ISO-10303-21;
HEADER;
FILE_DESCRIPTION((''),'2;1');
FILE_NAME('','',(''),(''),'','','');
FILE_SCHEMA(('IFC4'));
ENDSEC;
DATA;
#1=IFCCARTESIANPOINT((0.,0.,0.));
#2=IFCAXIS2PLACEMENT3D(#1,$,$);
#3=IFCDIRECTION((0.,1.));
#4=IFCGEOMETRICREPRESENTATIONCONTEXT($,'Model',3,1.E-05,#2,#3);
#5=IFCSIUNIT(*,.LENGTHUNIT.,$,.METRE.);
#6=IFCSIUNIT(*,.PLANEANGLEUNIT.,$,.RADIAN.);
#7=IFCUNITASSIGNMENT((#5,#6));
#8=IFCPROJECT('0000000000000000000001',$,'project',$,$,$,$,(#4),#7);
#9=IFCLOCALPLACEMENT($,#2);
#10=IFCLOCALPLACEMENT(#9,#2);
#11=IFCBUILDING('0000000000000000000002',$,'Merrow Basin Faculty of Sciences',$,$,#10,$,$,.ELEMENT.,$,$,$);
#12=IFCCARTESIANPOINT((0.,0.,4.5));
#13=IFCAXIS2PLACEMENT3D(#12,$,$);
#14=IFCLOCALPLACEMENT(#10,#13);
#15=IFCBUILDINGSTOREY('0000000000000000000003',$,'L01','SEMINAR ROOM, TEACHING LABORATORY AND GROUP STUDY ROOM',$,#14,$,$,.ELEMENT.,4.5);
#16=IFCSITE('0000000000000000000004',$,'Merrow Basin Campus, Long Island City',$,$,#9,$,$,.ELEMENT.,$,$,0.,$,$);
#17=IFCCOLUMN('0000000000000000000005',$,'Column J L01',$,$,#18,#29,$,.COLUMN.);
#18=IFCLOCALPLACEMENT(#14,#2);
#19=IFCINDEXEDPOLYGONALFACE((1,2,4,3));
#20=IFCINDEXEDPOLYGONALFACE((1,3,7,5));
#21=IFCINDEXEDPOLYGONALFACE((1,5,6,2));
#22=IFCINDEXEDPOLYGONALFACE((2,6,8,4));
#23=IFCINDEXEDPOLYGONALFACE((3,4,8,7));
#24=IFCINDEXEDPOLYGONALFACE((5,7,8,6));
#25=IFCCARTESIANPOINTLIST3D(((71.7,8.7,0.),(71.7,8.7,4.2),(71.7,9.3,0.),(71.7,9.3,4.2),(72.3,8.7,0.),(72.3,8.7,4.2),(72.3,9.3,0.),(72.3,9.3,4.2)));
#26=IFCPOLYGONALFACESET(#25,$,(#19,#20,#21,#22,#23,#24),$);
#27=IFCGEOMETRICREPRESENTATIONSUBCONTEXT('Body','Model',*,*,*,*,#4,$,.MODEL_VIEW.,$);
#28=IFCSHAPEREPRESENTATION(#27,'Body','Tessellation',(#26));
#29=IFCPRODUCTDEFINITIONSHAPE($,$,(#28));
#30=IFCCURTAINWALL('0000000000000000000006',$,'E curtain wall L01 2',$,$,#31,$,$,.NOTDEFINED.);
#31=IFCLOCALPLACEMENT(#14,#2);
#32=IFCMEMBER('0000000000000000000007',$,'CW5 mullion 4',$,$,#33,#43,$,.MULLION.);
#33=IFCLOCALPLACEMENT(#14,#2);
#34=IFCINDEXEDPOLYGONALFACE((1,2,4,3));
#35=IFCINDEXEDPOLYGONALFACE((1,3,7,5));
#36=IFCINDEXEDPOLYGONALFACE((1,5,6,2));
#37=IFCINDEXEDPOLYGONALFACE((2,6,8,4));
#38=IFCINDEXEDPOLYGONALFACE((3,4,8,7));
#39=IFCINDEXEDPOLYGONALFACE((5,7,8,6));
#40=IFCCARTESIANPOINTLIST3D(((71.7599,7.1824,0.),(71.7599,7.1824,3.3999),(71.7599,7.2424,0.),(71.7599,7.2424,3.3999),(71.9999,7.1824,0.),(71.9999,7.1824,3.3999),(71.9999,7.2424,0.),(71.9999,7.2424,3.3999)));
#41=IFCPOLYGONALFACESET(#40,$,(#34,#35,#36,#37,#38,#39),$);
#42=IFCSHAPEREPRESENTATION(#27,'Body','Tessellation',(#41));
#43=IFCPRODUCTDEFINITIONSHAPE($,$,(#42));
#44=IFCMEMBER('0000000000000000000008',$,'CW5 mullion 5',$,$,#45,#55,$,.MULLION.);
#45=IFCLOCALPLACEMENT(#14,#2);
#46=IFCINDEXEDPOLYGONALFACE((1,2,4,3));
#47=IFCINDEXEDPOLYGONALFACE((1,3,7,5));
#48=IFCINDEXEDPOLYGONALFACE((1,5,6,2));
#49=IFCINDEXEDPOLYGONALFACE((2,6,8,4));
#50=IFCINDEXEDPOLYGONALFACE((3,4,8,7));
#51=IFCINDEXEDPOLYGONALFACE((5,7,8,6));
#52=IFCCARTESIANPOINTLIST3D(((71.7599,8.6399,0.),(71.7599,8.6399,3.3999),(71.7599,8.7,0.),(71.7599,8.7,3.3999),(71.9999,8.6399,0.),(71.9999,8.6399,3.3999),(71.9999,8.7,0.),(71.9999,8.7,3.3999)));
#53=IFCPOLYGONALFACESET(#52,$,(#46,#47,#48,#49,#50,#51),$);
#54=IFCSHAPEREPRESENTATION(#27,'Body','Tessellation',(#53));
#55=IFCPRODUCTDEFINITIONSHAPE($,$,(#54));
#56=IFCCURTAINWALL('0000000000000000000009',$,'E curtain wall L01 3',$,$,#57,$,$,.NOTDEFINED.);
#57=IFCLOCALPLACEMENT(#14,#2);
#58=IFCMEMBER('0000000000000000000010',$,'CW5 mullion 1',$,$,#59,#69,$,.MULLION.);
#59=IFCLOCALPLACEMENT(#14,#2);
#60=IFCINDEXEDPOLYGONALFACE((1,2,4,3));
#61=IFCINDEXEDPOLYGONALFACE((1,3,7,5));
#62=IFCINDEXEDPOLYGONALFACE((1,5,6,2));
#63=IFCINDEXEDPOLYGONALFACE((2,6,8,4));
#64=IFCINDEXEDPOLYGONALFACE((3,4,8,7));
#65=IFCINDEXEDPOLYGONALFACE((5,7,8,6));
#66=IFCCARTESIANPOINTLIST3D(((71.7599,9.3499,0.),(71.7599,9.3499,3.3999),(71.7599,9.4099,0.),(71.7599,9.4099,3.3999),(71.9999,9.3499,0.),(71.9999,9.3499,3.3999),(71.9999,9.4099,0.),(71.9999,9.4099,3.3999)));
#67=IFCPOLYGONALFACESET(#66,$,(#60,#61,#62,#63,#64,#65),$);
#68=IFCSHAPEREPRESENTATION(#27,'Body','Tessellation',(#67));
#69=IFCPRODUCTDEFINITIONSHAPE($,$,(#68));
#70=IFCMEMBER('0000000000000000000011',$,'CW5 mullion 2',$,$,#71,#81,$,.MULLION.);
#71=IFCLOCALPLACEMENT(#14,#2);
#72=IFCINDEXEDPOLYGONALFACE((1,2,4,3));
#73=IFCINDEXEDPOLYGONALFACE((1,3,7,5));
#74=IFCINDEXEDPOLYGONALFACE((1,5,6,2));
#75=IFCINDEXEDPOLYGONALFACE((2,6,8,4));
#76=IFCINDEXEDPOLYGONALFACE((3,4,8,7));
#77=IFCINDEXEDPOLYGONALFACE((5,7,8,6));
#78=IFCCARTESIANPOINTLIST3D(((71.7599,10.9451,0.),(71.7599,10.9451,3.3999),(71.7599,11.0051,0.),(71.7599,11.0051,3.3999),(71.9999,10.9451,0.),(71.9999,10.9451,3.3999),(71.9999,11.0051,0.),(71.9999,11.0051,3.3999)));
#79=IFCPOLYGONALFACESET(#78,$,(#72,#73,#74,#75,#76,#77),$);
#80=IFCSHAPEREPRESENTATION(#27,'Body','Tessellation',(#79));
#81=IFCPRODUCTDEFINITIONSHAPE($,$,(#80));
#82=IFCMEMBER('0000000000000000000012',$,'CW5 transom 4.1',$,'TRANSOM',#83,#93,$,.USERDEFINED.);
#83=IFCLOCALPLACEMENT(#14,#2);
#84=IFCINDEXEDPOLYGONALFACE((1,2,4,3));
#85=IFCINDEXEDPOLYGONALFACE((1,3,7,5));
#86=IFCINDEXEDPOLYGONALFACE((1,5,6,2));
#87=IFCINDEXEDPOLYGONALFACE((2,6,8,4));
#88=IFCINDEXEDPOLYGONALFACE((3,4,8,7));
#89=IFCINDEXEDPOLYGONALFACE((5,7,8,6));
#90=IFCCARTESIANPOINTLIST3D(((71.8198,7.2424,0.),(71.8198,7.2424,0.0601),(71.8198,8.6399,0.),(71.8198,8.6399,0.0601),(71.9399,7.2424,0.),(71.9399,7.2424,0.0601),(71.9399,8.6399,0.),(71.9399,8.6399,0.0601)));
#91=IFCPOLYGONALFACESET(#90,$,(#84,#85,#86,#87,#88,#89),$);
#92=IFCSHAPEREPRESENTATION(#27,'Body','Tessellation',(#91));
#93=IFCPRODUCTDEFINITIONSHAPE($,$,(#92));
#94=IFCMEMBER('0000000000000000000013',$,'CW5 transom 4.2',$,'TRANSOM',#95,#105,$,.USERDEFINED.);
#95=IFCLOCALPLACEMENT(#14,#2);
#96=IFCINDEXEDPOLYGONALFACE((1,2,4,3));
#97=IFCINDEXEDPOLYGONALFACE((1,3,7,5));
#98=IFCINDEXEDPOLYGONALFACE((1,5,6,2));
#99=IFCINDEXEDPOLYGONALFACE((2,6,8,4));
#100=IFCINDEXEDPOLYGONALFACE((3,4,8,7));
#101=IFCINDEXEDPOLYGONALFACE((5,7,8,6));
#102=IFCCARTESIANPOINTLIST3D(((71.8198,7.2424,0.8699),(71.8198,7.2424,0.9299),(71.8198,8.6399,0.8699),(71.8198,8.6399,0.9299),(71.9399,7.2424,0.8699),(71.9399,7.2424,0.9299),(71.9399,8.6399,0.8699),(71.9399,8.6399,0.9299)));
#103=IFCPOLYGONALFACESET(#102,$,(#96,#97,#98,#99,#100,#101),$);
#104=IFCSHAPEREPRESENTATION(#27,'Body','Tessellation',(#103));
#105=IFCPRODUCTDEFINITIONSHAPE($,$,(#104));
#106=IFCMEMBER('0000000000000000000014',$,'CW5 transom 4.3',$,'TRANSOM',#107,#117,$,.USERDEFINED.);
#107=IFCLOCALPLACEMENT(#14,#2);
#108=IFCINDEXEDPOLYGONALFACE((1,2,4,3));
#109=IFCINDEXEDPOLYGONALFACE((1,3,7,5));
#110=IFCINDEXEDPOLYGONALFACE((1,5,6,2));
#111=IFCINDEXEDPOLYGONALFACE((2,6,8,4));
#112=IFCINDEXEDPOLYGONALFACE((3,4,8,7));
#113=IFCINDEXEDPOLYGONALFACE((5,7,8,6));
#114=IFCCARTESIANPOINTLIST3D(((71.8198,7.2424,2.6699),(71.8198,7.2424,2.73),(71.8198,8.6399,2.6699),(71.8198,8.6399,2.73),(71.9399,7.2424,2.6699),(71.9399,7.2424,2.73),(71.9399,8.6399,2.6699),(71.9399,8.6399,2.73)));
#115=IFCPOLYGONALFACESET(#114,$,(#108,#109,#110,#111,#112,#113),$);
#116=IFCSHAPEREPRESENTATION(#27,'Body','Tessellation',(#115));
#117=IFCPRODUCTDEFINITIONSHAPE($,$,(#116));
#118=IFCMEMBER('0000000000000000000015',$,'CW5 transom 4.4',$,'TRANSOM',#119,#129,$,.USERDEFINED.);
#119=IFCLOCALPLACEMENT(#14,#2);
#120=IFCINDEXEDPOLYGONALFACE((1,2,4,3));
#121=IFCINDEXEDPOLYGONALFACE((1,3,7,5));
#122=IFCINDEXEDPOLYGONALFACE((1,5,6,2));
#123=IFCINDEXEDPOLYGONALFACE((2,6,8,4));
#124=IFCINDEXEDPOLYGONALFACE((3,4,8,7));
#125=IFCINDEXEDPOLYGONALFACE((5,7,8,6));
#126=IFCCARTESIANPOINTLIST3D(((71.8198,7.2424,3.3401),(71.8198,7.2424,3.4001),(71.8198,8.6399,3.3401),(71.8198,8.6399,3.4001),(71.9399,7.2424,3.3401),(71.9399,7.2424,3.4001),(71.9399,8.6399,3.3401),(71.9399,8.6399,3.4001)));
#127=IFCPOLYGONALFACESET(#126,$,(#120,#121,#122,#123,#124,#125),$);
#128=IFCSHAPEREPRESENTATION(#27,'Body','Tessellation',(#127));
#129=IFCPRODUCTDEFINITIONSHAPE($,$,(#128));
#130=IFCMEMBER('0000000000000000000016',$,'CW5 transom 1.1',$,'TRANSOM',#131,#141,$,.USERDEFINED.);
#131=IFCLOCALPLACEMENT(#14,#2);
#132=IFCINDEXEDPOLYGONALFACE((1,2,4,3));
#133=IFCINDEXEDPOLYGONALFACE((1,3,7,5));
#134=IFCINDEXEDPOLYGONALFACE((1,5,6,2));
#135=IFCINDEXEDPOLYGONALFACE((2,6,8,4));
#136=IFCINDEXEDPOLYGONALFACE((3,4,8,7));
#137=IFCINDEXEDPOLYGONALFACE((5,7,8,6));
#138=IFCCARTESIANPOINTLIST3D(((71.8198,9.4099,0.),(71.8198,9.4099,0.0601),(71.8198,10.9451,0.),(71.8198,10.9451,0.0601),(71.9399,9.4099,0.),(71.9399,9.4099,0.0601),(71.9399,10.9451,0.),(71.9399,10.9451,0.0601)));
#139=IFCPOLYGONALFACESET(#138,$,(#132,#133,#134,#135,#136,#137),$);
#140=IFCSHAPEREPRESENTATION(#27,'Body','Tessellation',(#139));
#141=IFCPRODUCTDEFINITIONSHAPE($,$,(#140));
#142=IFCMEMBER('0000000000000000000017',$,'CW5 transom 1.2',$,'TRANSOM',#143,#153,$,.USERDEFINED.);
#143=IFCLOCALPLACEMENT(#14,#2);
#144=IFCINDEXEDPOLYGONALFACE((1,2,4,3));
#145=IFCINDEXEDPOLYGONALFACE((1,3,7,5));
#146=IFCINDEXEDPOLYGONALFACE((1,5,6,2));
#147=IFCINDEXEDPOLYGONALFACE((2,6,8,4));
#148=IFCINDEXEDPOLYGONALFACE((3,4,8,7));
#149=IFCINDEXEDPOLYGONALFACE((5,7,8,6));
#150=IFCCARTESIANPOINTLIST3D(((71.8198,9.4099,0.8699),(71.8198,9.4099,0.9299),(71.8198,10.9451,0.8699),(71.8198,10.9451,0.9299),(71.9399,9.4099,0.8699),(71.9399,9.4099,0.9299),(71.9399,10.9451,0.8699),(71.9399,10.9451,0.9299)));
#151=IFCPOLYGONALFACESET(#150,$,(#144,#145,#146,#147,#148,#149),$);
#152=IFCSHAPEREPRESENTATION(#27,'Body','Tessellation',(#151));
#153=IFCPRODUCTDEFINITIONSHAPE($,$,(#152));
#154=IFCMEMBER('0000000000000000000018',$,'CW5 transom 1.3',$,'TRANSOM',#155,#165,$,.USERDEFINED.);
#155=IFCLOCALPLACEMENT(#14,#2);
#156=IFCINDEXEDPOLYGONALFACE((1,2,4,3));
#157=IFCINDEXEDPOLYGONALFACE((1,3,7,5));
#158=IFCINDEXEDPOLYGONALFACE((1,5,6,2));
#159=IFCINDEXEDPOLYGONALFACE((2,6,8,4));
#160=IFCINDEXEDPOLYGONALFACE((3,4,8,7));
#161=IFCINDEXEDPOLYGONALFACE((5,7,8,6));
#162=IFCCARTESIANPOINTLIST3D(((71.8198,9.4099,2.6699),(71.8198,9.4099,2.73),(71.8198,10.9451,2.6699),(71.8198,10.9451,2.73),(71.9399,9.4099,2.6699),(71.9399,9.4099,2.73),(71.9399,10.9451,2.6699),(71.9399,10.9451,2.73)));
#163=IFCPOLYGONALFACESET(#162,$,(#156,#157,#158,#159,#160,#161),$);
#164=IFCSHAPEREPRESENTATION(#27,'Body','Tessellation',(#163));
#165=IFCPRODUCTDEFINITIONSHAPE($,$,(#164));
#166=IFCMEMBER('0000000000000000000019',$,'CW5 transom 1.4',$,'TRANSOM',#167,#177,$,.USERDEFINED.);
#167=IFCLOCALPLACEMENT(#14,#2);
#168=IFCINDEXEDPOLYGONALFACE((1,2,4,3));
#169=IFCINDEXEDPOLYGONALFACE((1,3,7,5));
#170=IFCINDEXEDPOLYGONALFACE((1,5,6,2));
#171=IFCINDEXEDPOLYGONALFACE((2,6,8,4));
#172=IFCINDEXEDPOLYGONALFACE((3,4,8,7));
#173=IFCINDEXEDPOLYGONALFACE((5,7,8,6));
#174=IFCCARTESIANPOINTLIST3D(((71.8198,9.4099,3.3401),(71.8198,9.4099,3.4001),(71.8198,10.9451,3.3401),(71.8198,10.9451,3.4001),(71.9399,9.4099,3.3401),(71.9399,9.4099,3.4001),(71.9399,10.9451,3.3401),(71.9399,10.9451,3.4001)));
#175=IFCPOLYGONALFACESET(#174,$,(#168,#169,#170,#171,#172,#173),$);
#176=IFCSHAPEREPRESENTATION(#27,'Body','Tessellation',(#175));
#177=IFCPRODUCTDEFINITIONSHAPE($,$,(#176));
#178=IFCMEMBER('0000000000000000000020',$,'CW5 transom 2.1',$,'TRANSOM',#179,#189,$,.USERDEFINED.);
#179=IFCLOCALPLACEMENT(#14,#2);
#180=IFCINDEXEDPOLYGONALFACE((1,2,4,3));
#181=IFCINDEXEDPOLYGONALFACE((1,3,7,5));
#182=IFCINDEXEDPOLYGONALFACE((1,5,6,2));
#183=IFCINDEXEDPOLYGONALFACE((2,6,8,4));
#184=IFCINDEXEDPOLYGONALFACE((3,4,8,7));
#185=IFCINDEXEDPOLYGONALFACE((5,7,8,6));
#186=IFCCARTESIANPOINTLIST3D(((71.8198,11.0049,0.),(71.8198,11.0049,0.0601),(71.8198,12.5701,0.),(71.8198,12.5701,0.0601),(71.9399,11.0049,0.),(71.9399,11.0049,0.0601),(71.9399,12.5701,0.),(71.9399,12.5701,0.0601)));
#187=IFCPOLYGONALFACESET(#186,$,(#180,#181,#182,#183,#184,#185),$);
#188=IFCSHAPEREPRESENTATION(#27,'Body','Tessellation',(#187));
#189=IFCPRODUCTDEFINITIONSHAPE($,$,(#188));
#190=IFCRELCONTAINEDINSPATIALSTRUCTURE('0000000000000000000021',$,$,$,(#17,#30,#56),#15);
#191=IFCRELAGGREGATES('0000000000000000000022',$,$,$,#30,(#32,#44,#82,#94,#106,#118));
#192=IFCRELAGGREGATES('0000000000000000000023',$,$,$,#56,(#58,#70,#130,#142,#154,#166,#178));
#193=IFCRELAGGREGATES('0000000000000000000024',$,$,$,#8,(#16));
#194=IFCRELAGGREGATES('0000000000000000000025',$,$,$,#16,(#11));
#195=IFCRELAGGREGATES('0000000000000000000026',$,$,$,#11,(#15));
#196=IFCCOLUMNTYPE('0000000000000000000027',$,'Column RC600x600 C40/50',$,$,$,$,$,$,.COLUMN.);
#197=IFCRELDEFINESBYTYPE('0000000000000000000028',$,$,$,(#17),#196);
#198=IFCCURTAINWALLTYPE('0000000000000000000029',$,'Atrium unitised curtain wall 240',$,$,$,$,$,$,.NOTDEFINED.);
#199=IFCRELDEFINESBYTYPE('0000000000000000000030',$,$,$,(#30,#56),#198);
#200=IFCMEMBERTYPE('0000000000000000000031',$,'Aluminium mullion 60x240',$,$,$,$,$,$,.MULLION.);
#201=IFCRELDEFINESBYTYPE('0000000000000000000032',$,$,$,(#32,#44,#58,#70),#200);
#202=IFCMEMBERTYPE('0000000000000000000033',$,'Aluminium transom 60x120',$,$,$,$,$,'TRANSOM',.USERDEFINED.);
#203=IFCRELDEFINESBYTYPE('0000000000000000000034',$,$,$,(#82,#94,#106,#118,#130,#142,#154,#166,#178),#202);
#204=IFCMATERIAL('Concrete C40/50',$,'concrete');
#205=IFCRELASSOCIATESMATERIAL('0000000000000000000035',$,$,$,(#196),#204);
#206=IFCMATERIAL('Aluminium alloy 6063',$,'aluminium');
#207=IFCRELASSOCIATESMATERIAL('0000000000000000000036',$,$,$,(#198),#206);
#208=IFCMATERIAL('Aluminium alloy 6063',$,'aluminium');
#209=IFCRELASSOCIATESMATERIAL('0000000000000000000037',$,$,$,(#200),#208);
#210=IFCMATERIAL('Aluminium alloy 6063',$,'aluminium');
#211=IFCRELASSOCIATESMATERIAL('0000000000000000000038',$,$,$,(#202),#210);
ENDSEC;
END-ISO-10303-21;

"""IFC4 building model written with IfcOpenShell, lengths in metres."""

from ifc_helpers import new_model, si_unit, direction, frame, origin, origin_2d, place, context, subcontext, project, spatial, rectangle, extrude, material, material_profile, profile_set, type_object, element, aggregate, save


model = new_model("IFC4")

# Units and contexts
model_context = context("Model", 3, precision=1e-05, world=origin(), true_north=direction((0.0, 1.0)))
body_context = subcontext(model_context, "Body", "Model", "MODEL_VIEW")
ifc_project = project(units=[si_unit("LENGTHUNIT", "METRE"), si_unit("PLANEANGLEUNIT", "RADIAN")], contexts=[model_context])

# Site, building, storey
site_placement = place(None, origin())
site = spatial("IfcSite", under=ifc_project, at=site_placement, Name="Merrow Basin Campus, Long Island City", CompositionType="ELEMENT", RefElevation=0.0)
building_placement = place(site_placement, origin())
building = spatial("IfcBuilding", under=site, at=building_placement, Name="Merrow Basin Faculty of Sciences", CompositionType="ELEMENT")
storey_placement = place(building_placement, frame((0.0, 0.0, 4.5)))
storey = spatial("IfcBuildingStorey", under=building, at=storey_placement, Name="L01", Description="SEMINAR ROOM, TEACHING LABORATORY AND GROUP STUDY ROOM", CompositionType="ELEMENT", Elevation=4.5)

# Column
ifc_material_1 = material(Name="Concrete C40/50", Category="concrete")
ifc_material_profile_1 = material_profile(ifc_material_1, rectangle(XDim=0.6001, YDim=0.6001, at=origin_2d()))
ifc_profile_set_1 = profile_set([ifc_material_profile_1], Name="Concrete C40/50")
column_type = type_object("IfcColumnType", Name="Column RC600x600 C40/50", PredefinedType="COLUMN", material=ifc_profile_set_1)
column_placement = place(storey_placement, frame((72.0, 9.0, 0.0), z_axis=(0.0, 0.0, 1.0), x_axis=(1.0, 0.0, 0.0)))
element("IfcColumn", 1, at=column_placement, inside=storey, type_object=column_type, Name="Column J L01", PredefinedType="COLUMN", context=body_context, shape_type="SweptSolid", body=[
    extrude(rectangle(XDim=0.6001, YDim=0.6001, at=origin_2d()), origin(), (0.0, 0.0, 1.0), 4.2),
])

# Curtain walls, members
ifc_material_2 = material(Name="Aluminium alloy 6063", Category="aluminium")
curtain_wall_type = type_object("IfcCurtainWallType", Name="Atrium unitised curtain wall 240", PredefinedType="NOTDEFINED", material=ifc_material_2)
curtain_wall_1_placement = place(storey_placement, origin())
curtain_wall_1 = element("IfcCurtainWall", 2, at=curtain_wall_1_placement, inside=storey, type_object=curtain_wall_type, Name="E curtain wall L01 2", PredefinedType="NOTDEFINED")
ifc_material_3 = material(Name="Aluminium alloy 6063", Category="aluminium")
ifc_material_profile_2 = material_profile(ifc_material_3, rectangle(XDim=0.24, YDim=0.0601, at=origin_2d()))
ifc_profile_set_2 = profile_set([ifc_material_profile_2], Name="Aluminium alloy 6063")
member_type_1 = type_object("IfcMemberType", Name="Aluminium mullion 60x240", PredefinedType="MULLION", material=ifc_profile_set_2)
member_1_placement = place(storey_placement, frame((71.8799, 7.2124, 0.0), z_axis=(0.0, 0.0, 1.0), x_axis=(-1.0, 0.0, 0.0)))
member_1 = element("IfcMember", 3, at=member_1_placement, type_object=member_type_1, Name="CW5 mullion 4", PredefinedType="MULLION", context=body_context, shape_type="SweptSolid", body=[
    extrude(rectangle(XDim=0.24, YDim=0.0601, at=origin_2d()), origin(), (0.0, 0.0, 1.0), 3.3999),
])
member_2_placement = place(storey_placement, frame((71.8799, 8.6699, 0.0), z_axis=(0.0, 0.0, 1.0), x_axis=(-1.0, 0.0, 0.0)))
member_2 = element("IfcMember", 4, at=member_2_placement, type_object=member_type_1, Name="CW5 mullion 5", PredefinedType="MULLION", context=body_context, shape_type="SweptSolid", body=[
    extrude(rectangle(XDim=0.24, YDim=0.0601, at=origin_2d()), origin(), (0.0, 0.0, 1.0), 3.3999),
])
curtain_wall_2_placement = place(storey_placement, origin())
curtain_wall_2 = element("IfcCurtainWall", 5, at=curtain_wall_2_placement, inside=storey, type_object=curtain_wall_type, Name="E curtain wall L01 3", PredefinedType="NOTDEFINED")
member_3_placement = place(storey_placement, frame((71.8799, 9.3799, 0.0), z_axis=(0.0, 0.0, 1.0), x_axis=(-1.0, 0.0, 0.0)))
member_3 = element("IfcMember", 6, at=member_3_placement, type_object=member_type_1, Name="CW5 mullion 1", PredefinedType="MULLION", context=body_context, shape_type="SweptSolid", body=[
    extrude(rectangle(XDim=0.24, YDim=0.0601, at=origin_2d()), origin(), (0.0, 0.0, 1.0), 3.3999),
])
member_4_placement = place(storey_placement, frame((71.8799, 10.9751, 0.0), z_axis=(0.0, 0.0, 1.0), x_axis=(-1.0, 0.0, 0.0)))
member_4 = element("IfcMember", 7, at=member_4_placement, type_object=member_type_1, Name="CW5 mullion 2", PredefinedType="MULLION", context=body_context, shape_type="SweptSolid", body=[
    extrude(rectangle(XDim=0.24, YDim=0.0601, at=origin_2d()), origin(), (0.0, 0.0, 1.0), 3.3999),
])

# Members
ifc_material_4 = material(Name="Aluminium alloy 6063", Category="aluminium")
ifc_material_profile_3 = material_profile(ifc_material_4, rectangle(XDim=0.1201, YDim=0.0601, at=origin_2d()))
ifc_profile_set_3 = profile_set([ifc_material_profile_3], Name="Aluminium alloy 6063")
member_type_2 = type_object("IfcMemberType", Name="Aluminium transom 60x120", ElementType="TRANSOM", PredefinedType="USERDEFINED", material=ifc_profile_set_3)
member_5_placement = place(storey_placement, frame((71.8799, 7.2424, 0.03), z_axis=(0.0, 1.0, 0.0), x_axis=(-1.0, 0.0, 0.0)))
member_5 = element("IfcMember", 8, at=member_5_placement, type_object=member_type_2, Name="CW5 transom 4.1", ObjectType="TRANSOM", PredefinedType="USERDEFINED", context=body_context, shape_type="SweptSolid", body=[
    extrude(rectangle(XDim=0.1201, YDim=0.0601, at=origin_2d()), origin(), (0.0, 0.0, 1.0), 1.3975),
])
member_6_placement = place(storey_placement, frame((71.8799, 7.2424, 0.8999), z_axis=(0.0, 1.0, 0.0), x_axis=(-1.0, 0.0, 0.0)))
member_6 = element("IfcMember", 9, at=member_6_placement, type_object=member_type_2, Name="CW5 transom 4.2", ObjectType="TRANSOM", PredefinedType="USERDEFINED", context=body_context, shape_type="SweptSolid", body=[
    extrude(rectangle(XDim=0.1201, YDim=0.0601, at=origin_2d()), origin(), (0.0, 0.0, 1.0), 1.3975),
])
member_7_placement = place(storey_placement, frame((71.8799, 7.2424, 2.7), z_axis=(0.0, 1.0, 0.0), x_axis=(-1.0, 0.0, 0.0)))
member_7 = element("IfcMember", 10, at=member_7_placement, type_object=member_type_2, Name="CW5 transom 4.3", ObjectType="TRANSOM", PredefinedType="USERDEFINED", context=body_context, shape_type="SweptSolid", body=[
    extrude(rectangle(XDim=0.1201, YDim=0.0601, at=origin_2d()), origin(), (0.0, 0.0, 1.0), 1.3975),
])
member_8_placement = place(storey_placement, frame((71.8799, 7.2424, 3.3701), z_axis=(0.0, 1.0, 0.0), x_axis=(-1.0, 0.0, 0.0)))
member_8 = element("IfcMember", 11, at=member_8_placement, type_object=member_type_2, Name="CW5 transom 4.4", ObjectType="TRANSOM", PredefinedType="USERDEFINED", context=body_context, shape_type="SweptSolid", body=[
    extrude(rectangle(XDim=0.1201, YDim=0.0601, at=origin_2d()), origin(), (0.0, 0.0, 1.0), 1.3975),
])
member_9_placement = place(storey_placement, frame((71.8799, 9.4099, 0.03), z_axis=(0.0, 1.0, 0.0), x_axis=(-1.0, 0.0, 0.0)))
member_9 = element("IfcMember", 12, at=member_9_placement, type_object=member_type_2, Name="CW5 transom 1.1", ObjectType="TRANSOM", PredefinedType="USERDEFINED", context=body_context, shape_type="SweptSolid", body=[
    extrude(rectangle(XDim=0.1201, YDim=0.0601, at=origin_2d()), origin(), (0.0, 0.0, 1.0), 1.5352),
])
member_10_placement = place(storey_placement, frame((71.8799, 9.4099, 0.8999), z_axis=(0.0, 1.0, 0.0), x_axis=(-1.0, 0.0, 0.0)))
member_10 = element("IfcMember", 13, at=member_10_placement, type_object=member_type_2, Name="CW5 transom 1.2", ObjectType="TRANSOM", PredefinedType="USERDEFINED", context=body_context, shape_type="SweptSolid", body=[
    extrude(rectangle(XDim=0.1201, YDim=0.0601, at=origin_2d()), origin(), (0.0, 0.0, 1.0), 1.5352),
])
member_11_placement = place(storey_placement, frame((71.8799, 9.4099, 2.7), z_axis=(0.0, 1.0, 0.0), x_axis=(-1.0, 0.0, 0.0)))
member_11 = element("IfcMember", 14, at=member_11_placement, type_object=member_type_2, Name="CW5 transom 1.3", ObjectType="TRANSOM", PredefinedType="USERDEFINED", context=body_context, shape_type="SweptSolid", body=[
    extrude(rectangle(XDim=0.1201, YDim=0.0601, at=origin_2d()), origin(), (0.0, 0.0, 1.0), 1.5352),
])
member_12_placement = place(storey_placement, frame((71.8799, 9.4099, 3.3701), z_axis=(0.0, 1.0, 0.0), x_axis=(-1.0, 0.0, 0.0)))
member_12 = element("IfcMember", 15, at=member_12_placement, type_object=member_type_2, Name="CW5 transom 1.4", ObjectType="TRANSOM", PredefinedType="USERDEFINED", context=body_context, shape_type="SweptSolid", body=[
    extrude(rectangle(XDim=0.1201, YDim=0.0601, at=origin_2d()), origin(), (0.0, 0.0, 1.0), 1.5352),
])
member_13_placement = place(storey_placement, frame((71.8799, 11.0049, 0.03), z_axis=(0.0, 1.0, 0.0), x_axis=(-1.0, 0.0, 0.0)))
member_13 = element("IfcMember", 16, at=member_13_placement, type_object=member_type_2, Name="CW5 transom 2.1", ObjectType="TRANSOM", PredefinedType="USERDEFINED", context=body_context, shape_type="SweptSolid", body=[
    extrude(rectangle(XDim=0.1201, YDim=0.0601, at=origin_2d()), origin(), (0.0, 0.0, 1.0), 1.5652),
])

aggregate(curtain_wall_1, [member_1, member_2, member_5, member_6, member_7, member_8])
aggregate(curtain_wall_2, [member_3, member_4, member_9, member_10, member_11, member_12, member_13])

save(model, "model.ifc")
